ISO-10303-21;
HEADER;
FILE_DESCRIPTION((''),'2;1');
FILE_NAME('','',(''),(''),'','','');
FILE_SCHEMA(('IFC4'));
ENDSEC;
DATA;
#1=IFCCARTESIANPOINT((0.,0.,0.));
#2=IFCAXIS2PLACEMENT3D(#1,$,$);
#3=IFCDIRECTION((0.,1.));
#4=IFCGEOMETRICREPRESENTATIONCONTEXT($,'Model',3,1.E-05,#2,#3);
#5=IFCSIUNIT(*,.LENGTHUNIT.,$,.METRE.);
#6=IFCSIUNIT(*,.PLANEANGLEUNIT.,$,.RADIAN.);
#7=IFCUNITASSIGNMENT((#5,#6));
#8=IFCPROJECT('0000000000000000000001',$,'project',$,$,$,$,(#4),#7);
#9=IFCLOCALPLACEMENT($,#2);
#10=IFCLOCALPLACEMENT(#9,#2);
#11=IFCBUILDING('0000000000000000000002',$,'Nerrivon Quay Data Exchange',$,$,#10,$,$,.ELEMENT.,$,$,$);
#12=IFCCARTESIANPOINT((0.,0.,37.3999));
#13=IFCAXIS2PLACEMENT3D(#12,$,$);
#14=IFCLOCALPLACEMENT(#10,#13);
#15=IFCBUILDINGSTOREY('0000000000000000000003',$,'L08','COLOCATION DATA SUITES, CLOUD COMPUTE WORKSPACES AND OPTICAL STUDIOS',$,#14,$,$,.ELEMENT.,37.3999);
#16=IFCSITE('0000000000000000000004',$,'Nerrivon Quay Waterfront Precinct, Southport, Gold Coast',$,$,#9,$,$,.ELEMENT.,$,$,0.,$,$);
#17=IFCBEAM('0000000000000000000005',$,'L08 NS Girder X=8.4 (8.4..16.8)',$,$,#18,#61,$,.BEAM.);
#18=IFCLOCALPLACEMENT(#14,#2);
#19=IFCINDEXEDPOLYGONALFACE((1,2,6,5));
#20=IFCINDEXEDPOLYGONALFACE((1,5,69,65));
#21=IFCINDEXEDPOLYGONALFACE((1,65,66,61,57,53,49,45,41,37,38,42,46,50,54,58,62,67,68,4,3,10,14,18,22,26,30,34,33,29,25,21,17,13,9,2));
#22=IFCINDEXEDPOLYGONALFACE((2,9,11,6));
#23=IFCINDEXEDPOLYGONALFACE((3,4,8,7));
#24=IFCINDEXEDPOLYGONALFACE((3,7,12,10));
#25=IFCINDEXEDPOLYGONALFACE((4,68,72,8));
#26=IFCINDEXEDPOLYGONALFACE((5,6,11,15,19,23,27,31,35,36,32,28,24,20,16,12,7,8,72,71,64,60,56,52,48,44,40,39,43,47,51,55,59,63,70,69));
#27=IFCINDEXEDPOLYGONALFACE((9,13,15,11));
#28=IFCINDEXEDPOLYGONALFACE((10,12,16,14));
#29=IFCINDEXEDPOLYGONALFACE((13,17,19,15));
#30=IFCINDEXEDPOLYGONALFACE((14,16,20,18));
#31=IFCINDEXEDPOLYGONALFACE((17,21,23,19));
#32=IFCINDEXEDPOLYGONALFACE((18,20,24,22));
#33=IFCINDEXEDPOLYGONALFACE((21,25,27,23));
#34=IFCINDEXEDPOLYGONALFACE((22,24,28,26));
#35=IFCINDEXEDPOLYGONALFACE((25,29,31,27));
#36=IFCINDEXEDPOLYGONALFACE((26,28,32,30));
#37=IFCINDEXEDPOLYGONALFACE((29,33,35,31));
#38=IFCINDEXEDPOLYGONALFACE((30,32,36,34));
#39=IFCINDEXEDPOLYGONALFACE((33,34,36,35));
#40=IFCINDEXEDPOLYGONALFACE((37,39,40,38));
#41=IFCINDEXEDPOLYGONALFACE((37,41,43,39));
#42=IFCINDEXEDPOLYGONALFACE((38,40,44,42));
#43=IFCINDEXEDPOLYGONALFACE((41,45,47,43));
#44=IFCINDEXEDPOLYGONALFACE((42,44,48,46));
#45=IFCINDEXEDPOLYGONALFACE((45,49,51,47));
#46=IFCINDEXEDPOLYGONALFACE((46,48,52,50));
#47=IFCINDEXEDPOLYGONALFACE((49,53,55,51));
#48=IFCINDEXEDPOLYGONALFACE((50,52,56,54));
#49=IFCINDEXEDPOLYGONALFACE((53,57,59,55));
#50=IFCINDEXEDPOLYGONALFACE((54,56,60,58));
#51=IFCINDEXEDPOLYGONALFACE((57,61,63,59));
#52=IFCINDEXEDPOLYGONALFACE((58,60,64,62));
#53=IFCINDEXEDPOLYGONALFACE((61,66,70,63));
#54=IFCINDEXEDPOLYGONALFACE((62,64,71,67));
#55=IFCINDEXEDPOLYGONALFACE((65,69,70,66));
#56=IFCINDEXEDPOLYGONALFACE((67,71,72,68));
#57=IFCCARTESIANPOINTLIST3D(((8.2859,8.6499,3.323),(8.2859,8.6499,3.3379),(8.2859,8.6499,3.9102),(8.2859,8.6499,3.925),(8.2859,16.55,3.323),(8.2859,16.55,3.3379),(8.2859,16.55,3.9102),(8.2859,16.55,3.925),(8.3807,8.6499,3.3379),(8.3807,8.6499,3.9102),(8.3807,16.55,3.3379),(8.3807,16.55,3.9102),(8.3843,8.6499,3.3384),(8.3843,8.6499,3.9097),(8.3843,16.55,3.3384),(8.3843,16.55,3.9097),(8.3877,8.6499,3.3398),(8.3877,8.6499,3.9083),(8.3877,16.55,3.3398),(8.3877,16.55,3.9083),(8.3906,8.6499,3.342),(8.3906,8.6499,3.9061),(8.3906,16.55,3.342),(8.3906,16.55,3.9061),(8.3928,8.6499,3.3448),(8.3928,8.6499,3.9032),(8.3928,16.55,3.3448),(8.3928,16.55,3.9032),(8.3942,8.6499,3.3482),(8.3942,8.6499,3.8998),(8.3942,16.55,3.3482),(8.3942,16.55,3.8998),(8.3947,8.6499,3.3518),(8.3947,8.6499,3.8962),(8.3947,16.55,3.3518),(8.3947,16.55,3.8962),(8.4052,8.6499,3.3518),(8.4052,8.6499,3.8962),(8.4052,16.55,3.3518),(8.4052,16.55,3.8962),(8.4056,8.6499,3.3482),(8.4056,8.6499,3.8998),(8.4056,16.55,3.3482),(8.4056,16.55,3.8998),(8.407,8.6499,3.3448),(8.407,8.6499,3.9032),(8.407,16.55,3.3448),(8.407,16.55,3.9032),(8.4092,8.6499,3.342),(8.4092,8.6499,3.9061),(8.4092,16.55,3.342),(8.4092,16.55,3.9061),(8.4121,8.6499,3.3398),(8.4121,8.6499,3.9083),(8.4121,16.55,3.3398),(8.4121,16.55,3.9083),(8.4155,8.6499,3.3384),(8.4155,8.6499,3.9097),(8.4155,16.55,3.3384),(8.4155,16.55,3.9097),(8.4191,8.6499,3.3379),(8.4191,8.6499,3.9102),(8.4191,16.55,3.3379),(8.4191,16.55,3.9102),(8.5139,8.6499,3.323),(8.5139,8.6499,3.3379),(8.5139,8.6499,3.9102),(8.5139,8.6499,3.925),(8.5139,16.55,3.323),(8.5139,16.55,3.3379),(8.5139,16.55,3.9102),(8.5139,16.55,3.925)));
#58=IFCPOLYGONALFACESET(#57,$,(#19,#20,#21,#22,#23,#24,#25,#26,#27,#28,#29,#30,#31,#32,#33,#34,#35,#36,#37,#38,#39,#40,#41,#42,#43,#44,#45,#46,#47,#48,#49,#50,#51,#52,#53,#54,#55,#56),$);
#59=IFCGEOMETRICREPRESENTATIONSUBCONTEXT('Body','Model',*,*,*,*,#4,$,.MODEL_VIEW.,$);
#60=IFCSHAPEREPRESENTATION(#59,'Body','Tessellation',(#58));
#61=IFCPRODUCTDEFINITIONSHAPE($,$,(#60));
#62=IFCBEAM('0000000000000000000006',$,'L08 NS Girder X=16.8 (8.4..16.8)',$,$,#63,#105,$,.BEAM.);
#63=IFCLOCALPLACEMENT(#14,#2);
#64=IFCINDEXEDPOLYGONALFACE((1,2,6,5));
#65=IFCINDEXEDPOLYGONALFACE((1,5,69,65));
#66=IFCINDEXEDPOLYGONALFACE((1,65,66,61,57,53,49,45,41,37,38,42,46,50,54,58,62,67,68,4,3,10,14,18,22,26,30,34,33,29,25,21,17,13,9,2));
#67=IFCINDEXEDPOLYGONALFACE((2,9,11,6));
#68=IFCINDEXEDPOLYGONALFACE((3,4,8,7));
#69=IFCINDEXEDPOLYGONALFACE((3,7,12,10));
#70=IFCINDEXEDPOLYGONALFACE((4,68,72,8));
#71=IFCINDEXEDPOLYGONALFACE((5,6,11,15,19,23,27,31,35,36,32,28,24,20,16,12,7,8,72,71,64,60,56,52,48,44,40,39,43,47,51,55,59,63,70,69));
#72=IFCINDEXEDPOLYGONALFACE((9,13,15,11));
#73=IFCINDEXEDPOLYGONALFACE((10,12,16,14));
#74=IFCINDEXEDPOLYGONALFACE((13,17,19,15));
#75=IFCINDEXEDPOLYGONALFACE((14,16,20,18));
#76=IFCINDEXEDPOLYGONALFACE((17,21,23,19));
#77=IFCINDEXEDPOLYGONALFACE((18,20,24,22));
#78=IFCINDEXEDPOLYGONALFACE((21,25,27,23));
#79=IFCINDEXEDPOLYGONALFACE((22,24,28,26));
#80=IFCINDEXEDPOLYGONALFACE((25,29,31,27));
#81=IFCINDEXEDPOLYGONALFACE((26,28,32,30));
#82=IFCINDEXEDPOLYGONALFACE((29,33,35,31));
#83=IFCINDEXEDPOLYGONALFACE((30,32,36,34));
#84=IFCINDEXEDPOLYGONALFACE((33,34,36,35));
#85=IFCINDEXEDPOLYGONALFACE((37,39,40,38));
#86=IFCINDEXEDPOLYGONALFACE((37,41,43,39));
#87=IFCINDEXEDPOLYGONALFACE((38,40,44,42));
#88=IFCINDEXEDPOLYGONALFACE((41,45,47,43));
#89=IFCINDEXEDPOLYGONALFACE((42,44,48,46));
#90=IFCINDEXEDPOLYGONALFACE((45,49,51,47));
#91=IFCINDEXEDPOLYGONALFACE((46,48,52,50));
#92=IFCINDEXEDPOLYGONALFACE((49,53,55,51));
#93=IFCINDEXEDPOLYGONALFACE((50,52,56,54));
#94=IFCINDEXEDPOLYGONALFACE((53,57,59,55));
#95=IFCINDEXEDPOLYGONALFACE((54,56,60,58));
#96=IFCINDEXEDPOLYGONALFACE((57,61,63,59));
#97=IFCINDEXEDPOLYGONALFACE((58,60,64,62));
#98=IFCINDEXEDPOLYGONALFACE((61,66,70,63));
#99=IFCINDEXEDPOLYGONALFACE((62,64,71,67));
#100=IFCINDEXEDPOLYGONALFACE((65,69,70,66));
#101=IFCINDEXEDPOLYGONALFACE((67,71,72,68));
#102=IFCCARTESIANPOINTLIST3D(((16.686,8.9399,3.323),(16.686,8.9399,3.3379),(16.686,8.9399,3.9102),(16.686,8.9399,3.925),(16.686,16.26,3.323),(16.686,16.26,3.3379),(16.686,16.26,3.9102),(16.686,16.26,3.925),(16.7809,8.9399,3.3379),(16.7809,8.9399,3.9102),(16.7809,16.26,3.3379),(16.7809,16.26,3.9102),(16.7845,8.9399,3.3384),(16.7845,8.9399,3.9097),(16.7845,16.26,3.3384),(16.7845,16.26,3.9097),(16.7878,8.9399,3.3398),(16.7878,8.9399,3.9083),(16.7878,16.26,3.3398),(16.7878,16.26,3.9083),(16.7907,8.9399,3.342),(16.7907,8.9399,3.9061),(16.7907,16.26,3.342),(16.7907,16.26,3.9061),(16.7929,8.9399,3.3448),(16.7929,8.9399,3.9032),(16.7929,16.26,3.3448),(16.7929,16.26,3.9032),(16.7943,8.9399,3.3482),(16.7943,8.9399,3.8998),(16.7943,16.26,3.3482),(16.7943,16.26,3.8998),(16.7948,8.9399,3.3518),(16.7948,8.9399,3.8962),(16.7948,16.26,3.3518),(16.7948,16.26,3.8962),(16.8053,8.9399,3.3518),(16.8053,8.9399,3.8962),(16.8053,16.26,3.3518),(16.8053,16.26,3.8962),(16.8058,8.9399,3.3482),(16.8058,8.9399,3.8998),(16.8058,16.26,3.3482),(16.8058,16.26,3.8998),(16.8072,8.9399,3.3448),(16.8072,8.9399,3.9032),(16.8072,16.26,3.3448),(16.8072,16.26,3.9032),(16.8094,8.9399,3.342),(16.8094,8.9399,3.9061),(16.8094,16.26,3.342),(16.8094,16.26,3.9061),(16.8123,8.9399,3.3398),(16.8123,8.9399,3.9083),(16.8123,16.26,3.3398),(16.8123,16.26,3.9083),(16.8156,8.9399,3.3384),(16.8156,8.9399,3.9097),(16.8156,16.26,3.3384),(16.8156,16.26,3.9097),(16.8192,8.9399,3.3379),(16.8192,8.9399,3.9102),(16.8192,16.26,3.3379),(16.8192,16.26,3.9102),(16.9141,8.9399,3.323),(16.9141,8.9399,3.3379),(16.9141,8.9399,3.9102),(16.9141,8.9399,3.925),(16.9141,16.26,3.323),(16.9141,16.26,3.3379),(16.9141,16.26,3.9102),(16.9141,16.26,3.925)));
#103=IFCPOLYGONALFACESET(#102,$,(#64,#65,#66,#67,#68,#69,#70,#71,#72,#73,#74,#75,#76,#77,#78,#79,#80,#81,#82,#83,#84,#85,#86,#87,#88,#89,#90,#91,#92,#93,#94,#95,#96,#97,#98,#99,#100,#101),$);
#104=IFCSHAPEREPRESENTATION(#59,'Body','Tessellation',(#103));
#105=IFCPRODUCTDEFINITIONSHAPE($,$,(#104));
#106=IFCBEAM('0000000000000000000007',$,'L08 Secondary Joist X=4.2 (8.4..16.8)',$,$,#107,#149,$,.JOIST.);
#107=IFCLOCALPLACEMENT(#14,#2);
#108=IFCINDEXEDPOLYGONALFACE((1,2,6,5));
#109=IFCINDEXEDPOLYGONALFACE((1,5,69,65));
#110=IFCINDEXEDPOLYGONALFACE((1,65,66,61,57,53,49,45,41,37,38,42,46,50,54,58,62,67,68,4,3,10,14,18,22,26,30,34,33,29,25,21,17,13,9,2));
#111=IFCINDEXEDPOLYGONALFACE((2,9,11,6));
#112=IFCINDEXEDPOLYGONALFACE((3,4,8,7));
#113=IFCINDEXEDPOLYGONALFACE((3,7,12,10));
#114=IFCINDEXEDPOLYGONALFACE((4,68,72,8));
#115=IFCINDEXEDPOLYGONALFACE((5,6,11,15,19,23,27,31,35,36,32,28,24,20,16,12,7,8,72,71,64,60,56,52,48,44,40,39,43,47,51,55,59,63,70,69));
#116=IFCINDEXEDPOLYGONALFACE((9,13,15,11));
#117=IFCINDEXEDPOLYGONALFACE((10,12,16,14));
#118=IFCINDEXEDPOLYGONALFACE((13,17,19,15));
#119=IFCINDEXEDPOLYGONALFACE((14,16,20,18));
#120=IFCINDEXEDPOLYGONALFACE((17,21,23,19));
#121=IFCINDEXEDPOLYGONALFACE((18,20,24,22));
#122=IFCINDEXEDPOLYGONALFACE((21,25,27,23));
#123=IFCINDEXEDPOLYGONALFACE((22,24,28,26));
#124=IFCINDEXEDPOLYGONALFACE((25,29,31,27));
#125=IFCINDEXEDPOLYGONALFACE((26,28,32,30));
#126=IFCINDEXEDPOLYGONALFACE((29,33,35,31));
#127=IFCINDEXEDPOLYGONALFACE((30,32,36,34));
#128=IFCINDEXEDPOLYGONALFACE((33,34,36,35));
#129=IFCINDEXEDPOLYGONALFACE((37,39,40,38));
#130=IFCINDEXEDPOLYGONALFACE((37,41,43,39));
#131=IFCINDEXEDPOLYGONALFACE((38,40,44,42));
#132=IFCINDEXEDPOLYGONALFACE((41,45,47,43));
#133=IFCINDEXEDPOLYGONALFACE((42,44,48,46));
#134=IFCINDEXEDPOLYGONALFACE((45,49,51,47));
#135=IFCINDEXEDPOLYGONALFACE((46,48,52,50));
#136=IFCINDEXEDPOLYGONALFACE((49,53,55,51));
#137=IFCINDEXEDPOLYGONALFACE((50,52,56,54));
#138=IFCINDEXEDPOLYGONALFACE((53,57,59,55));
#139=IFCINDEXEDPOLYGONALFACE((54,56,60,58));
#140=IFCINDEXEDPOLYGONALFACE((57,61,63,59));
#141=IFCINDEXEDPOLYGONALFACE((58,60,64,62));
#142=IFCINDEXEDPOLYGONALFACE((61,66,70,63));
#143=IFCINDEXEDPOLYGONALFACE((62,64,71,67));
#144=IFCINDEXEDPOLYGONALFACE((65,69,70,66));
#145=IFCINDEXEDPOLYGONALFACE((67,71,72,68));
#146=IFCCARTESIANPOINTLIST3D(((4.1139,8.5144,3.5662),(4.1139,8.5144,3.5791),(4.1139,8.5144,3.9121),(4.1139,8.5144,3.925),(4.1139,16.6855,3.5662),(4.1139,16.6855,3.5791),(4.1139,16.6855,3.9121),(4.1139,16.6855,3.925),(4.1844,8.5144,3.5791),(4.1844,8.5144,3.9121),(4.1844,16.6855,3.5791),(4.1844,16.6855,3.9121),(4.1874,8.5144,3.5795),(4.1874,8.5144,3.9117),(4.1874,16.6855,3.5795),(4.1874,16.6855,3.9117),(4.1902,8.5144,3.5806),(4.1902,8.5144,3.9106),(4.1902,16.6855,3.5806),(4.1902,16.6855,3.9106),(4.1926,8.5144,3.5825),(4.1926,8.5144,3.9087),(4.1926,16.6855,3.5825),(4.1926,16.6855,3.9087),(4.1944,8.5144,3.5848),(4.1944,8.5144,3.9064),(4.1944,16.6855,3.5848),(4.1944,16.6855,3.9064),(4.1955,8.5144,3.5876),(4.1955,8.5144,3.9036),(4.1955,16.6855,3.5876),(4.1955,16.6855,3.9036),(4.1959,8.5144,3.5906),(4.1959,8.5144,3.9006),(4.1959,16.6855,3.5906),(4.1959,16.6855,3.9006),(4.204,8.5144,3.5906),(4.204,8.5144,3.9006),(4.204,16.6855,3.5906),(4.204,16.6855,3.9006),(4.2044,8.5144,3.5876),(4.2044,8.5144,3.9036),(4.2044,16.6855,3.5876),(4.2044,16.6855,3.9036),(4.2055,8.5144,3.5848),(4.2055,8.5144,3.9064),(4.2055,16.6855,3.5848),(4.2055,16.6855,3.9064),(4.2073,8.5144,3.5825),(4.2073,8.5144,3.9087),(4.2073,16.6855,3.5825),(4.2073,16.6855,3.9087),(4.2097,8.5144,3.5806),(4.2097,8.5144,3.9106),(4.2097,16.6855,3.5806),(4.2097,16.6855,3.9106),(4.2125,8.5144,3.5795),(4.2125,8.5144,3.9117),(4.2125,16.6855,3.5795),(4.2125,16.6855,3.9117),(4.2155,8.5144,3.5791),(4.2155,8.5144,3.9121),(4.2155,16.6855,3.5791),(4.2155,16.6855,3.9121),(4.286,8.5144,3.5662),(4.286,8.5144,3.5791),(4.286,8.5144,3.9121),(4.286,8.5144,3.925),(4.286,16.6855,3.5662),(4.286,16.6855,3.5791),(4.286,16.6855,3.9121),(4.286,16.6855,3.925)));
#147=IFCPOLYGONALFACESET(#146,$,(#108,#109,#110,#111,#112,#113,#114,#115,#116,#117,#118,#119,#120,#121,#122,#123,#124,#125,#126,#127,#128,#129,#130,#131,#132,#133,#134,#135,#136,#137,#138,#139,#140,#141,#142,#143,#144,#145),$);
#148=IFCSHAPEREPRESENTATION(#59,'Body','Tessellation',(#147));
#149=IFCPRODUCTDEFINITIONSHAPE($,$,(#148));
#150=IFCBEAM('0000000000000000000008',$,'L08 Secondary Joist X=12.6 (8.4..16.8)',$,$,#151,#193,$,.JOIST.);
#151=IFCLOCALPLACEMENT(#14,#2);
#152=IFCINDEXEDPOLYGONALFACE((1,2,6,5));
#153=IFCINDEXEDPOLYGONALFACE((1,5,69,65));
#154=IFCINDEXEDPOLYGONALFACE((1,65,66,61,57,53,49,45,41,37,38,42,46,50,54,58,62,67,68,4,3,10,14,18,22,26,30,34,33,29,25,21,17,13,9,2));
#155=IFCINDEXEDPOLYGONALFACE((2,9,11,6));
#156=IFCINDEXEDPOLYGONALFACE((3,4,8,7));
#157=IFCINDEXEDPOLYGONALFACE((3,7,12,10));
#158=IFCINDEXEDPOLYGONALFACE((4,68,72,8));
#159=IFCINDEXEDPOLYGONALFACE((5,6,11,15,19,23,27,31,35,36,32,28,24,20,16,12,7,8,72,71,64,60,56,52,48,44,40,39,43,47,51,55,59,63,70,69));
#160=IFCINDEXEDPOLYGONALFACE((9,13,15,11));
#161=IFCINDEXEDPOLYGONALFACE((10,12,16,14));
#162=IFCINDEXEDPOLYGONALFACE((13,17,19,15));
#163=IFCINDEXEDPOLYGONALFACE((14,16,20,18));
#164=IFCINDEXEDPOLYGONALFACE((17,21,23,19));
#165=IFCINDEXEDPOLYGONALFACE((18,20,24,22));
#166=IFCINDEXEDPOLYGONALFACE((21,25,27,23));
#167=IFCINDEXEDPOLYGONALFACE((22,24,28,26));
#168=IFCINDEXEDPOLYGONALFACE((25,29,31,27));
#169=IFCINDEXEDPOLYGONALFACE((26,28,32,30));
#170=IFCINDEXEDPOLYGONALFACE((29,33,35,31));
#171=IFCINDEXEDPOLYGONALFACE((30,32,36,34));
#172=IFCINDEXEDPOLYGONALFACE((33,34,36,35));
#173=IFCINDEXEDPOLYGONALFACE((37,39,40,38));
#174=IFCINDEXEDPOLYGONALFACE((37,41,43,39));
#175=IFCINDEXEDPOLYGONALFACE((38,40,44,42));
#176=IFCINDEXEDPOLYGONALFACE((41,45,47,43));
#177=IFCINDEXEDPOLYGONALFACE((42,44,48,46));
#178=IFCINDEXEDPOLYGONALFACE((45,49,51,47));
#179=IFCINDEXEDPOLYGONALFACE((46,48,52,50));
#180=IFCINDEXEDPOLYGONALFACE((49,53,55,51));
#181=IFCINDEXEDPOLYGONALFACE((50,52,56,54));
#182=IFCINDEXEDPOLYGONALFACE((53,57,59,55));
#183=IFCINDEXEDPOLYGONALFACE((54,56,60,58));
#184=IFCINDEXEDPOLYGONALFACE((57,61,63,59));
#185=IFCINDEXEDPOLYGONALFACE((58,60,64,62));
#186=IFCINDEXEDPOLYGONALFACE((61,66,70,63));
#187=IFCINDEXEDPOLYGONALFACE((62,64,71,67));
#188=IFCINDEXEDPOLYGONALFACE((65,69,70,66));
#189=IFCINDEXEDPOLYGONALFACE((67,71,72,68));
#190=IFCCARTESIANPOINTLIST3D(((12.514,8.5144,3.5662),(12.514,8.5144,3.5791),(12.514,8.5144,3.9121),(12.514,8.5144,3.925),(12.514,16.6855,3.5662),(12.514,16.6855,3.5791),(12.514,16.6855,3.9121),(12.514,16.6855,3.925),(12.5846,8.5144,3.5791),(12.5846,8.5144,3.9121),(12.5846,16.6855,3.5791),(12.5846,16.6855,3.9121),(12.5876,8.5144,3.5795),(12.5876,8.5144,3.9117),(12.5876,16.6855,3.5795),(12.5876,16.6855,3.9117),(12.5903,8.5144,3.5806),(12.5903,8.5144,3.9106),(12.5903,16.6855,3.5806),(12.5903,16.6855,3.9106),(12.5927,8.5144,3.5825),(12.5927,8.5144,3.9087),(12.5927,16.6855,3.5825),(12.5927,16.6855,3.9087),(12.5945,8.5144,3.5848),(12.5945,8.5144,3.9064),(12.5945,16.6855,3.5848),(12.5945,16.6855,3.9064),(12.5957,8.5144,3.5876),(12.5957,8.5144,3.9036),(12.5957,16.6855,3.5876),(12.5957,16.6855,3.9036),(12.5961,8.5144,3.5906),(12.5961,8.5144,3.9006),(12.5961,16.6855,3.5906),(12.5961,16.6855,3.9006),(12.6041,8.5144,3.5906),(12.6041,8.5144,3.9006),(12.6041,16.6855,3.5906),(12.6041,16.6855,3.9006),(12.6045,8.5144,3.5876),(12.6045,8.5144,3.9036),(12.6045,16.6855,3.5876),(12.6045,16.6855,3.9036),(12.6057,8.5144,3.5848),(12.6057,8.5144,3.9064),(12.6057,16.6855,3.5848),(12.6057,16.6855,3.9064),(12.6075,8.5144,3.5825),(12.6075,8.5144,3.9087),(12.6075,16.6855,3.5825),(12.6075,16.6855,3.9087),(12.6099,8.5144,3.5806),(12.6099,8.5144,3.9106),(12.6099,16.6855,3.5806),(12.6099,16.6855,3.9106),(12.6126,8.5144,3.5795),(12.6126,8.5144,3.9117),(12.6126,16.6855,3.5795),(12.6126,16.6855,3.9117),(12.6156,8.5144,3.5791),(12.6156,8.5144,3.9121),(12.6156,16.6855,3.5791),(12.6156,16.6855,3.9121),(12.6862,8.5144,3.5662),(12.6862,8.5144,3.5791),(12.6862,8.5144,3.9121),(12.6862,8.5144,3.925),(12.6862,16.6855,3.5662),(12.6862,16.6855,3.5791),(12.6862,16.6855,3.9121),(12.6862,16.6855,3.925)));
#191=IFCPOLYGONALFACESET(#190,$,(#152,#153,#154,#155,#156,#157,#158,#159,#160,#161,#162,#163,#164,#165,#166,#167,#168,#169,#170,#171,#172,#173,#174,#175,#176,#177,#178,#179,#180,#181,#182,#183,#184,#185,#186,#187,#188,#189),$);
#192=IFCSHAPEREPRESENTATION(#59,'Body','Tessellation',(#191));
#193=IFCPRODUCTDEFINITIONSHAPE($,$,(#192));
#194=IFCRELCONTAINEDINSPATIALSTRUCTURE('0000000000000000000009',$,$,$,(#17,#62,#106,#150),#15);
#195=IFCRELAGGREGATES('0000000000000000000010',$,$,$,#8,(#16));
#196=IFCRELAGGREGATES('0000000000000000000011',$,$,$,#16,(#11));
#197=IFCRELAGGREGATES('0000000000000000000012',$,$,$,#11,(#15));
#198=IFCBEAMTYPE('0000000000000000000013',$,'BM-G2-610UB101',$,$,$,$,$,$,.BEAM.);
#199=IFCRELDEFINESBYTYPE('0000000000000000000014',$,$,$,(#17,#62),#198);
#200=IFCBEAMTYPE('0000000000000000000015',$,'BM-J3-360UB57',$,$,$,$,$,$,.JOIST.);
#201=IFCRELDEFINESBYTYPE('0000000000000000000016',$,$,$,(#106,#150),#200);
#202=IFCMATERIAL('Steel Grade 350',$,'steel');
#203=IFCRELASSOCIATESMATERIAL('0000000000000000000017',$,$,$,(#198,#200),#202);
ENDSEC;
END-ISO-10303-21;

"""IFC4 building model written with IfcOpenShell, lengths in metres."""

from ifc_helpers import new_model, si_unit, direction, frame, origin, origin_2d, place, context, subcontext, project, spatial, i_section, extrude, material, material_profile, profile_set, type_object, element, save


model = new_model("IFC4")

# Units and contexts
model_context = context("Model", 3, precision=1e-05, world=origin(), true_north=direction((0.0, 1.0)))
body_context = subcontext(model_context, "Body", "Model", "MODEL_VIEW")
ifc_project = project(units=[si_unit("LENGTHUNIT", "METRE"), si_unit("PLANEANGLEUNIT", "RADIAN")], contexts=[model_context])

# Site, building, storey
site_placement = place(None, origin())
site = spatial("IfcSite", under=ifc_project, at=site_placement, Name="Nerrivon Quay Waterfront Precinct, Southport, Gold Coast", CompositionType="ELEMENT", RefElevation=0.0)
building_placement = place(site_placement, origin())
building = spatial("IfcBuilding", under=site, at=building_placement, Name="Nerrivon Quay Data Exchange", CompositionType="ELEMENT")
storey_placement = place(building_placement, frame((0.0, 0.0, 37.3999)))
storey = spatial("IfcBuildingStorey", under=building, at=storey_placement, Name="L08", Description="COLOCATION DATA SUITES, CLOUD COMPUTE WORKSPACES AND OPTICAL STUDIOS", CompositionType="ELEMENT", Elevation=37.3999)

# Shared definitions
ifc_material_1 = material(Name="Steel Grade 350", Category="steel")

# Beams
ifc_material_profile_1 = material_profile(ifc_material_1, i_section(OverallWidth=0.228, OverallDepth=0.6021, WebThickness=0.0105, FlangeThickness=0.0149, FilletRadius=0.0139, at=origin_2d()), Name="610UB101")
ifc_profile_set_1 = profile_set([ifc_material_profile_1], Name="Steel Grade 350")
beam_type_1 = type_object("IfcBeamType", Name="BM-G2-610UB101", PredefinedType="BEAM", material=ifc_profile_set_1)
beam_1_placement = place(storey_placement, frame((8.3999, 8.6499, 3.624), z_axis=(0.0, 1.0, 0.0), x_axis=(-1.0, 0.0, 0.0)))
element("IfcBeam", 1, at=beam_1_placement, inside=storey, type_object=beam_type_1, Name="L08 NS Girder X=8.4 (8.4..16.8)", PredefinedType="BEAM", context=body_context, shape_type="SweptSolid", body=[
    extrude(i_section(OverallWidth=0.228, OverallDepth=0.6021, WebThickness=0.0105, FlangeThickness=0.0149, FilletRadius=0.0139, at=origin_2d()), origin(), (0.0, 0.0, 1.0), 7.9001),
])
beam_2_placement = place(storey_placement, frame((16.8, 8.9399, 3.624), z_axis=(0.0, 1.0, 0.0), x_axis=(-1.0, 0.0, 0.0)))
element("IfcBeam", 2, at=beam_2_placement, inside=storey, type_object=beam_type_1, Name="L08 NS Girder X=16.8 (8.4..16.8)", PredefinedType="BEAM", context=body_context, shape_type="SweptSolid", body=[
    extrude(i_section(OverallWidth=0.228, OverallDepth=0.6021, WebThickness=0.0105, FlangeThickness=0.0149, FilletRadius=0.0139, at=origin_2d()), origin(), (0.0, 0.0, 1.0), 7.3201),
])
ifc_material_profile_2 = material_profile(ifc_material_1, i_section(OverallWidth=0.1721, OverallDepth=0.3589, WebThickness=0.0081, FlangeThickness=0.0129, FilletRadius=0.0115, at=origin_2d()), Name="360UB56.7")
ifc_profile_set_2 = profile_set([ifc_material_profile_2], Name="Steel Grade 350")
beam_type_2 = type_object("IfcBeamType", Name="BM-J3-360UB57", PredefinedType="JOIST", material=ifc_profile_set_2)
for number, where, z_axis, x_axis, name in (
    (3, (4.2, 8.5144, 3.7456), (0.0, 1.0, 0.0), (-1.0, 0.0, 0.0), "L08 Secondary Joist X=4.2 (8.4..16.8)"),
    (4, (12.6001, 8.5144, 3.7456), (0.0, 1.0, 0.0), (-1.0, 0.0, 0.0), "L08 Secondary Joist X=12.6 (8.4..16.8)"),
):
    element("IfcBeam", number, at=place(storey_placement, frame(where, z_axis=z_axis, x_axis=x_axis)), inside=storey, type_object=beam_type_2, Name=name, PredefinedType="JOIST", context=body_context, shape_type="SweptSolid", body=[
        extrude(i_section(OverallWidth=0.1721, OverallDepth=0.3589, WebThickness=0.0081, FlangeThickness=0.0129, FilletRadius=0.0115, at=origin_2d()), origin(), (0.0, 0.0, 1.0), 8.1711),
    ])

save(model, "model.ifc")
